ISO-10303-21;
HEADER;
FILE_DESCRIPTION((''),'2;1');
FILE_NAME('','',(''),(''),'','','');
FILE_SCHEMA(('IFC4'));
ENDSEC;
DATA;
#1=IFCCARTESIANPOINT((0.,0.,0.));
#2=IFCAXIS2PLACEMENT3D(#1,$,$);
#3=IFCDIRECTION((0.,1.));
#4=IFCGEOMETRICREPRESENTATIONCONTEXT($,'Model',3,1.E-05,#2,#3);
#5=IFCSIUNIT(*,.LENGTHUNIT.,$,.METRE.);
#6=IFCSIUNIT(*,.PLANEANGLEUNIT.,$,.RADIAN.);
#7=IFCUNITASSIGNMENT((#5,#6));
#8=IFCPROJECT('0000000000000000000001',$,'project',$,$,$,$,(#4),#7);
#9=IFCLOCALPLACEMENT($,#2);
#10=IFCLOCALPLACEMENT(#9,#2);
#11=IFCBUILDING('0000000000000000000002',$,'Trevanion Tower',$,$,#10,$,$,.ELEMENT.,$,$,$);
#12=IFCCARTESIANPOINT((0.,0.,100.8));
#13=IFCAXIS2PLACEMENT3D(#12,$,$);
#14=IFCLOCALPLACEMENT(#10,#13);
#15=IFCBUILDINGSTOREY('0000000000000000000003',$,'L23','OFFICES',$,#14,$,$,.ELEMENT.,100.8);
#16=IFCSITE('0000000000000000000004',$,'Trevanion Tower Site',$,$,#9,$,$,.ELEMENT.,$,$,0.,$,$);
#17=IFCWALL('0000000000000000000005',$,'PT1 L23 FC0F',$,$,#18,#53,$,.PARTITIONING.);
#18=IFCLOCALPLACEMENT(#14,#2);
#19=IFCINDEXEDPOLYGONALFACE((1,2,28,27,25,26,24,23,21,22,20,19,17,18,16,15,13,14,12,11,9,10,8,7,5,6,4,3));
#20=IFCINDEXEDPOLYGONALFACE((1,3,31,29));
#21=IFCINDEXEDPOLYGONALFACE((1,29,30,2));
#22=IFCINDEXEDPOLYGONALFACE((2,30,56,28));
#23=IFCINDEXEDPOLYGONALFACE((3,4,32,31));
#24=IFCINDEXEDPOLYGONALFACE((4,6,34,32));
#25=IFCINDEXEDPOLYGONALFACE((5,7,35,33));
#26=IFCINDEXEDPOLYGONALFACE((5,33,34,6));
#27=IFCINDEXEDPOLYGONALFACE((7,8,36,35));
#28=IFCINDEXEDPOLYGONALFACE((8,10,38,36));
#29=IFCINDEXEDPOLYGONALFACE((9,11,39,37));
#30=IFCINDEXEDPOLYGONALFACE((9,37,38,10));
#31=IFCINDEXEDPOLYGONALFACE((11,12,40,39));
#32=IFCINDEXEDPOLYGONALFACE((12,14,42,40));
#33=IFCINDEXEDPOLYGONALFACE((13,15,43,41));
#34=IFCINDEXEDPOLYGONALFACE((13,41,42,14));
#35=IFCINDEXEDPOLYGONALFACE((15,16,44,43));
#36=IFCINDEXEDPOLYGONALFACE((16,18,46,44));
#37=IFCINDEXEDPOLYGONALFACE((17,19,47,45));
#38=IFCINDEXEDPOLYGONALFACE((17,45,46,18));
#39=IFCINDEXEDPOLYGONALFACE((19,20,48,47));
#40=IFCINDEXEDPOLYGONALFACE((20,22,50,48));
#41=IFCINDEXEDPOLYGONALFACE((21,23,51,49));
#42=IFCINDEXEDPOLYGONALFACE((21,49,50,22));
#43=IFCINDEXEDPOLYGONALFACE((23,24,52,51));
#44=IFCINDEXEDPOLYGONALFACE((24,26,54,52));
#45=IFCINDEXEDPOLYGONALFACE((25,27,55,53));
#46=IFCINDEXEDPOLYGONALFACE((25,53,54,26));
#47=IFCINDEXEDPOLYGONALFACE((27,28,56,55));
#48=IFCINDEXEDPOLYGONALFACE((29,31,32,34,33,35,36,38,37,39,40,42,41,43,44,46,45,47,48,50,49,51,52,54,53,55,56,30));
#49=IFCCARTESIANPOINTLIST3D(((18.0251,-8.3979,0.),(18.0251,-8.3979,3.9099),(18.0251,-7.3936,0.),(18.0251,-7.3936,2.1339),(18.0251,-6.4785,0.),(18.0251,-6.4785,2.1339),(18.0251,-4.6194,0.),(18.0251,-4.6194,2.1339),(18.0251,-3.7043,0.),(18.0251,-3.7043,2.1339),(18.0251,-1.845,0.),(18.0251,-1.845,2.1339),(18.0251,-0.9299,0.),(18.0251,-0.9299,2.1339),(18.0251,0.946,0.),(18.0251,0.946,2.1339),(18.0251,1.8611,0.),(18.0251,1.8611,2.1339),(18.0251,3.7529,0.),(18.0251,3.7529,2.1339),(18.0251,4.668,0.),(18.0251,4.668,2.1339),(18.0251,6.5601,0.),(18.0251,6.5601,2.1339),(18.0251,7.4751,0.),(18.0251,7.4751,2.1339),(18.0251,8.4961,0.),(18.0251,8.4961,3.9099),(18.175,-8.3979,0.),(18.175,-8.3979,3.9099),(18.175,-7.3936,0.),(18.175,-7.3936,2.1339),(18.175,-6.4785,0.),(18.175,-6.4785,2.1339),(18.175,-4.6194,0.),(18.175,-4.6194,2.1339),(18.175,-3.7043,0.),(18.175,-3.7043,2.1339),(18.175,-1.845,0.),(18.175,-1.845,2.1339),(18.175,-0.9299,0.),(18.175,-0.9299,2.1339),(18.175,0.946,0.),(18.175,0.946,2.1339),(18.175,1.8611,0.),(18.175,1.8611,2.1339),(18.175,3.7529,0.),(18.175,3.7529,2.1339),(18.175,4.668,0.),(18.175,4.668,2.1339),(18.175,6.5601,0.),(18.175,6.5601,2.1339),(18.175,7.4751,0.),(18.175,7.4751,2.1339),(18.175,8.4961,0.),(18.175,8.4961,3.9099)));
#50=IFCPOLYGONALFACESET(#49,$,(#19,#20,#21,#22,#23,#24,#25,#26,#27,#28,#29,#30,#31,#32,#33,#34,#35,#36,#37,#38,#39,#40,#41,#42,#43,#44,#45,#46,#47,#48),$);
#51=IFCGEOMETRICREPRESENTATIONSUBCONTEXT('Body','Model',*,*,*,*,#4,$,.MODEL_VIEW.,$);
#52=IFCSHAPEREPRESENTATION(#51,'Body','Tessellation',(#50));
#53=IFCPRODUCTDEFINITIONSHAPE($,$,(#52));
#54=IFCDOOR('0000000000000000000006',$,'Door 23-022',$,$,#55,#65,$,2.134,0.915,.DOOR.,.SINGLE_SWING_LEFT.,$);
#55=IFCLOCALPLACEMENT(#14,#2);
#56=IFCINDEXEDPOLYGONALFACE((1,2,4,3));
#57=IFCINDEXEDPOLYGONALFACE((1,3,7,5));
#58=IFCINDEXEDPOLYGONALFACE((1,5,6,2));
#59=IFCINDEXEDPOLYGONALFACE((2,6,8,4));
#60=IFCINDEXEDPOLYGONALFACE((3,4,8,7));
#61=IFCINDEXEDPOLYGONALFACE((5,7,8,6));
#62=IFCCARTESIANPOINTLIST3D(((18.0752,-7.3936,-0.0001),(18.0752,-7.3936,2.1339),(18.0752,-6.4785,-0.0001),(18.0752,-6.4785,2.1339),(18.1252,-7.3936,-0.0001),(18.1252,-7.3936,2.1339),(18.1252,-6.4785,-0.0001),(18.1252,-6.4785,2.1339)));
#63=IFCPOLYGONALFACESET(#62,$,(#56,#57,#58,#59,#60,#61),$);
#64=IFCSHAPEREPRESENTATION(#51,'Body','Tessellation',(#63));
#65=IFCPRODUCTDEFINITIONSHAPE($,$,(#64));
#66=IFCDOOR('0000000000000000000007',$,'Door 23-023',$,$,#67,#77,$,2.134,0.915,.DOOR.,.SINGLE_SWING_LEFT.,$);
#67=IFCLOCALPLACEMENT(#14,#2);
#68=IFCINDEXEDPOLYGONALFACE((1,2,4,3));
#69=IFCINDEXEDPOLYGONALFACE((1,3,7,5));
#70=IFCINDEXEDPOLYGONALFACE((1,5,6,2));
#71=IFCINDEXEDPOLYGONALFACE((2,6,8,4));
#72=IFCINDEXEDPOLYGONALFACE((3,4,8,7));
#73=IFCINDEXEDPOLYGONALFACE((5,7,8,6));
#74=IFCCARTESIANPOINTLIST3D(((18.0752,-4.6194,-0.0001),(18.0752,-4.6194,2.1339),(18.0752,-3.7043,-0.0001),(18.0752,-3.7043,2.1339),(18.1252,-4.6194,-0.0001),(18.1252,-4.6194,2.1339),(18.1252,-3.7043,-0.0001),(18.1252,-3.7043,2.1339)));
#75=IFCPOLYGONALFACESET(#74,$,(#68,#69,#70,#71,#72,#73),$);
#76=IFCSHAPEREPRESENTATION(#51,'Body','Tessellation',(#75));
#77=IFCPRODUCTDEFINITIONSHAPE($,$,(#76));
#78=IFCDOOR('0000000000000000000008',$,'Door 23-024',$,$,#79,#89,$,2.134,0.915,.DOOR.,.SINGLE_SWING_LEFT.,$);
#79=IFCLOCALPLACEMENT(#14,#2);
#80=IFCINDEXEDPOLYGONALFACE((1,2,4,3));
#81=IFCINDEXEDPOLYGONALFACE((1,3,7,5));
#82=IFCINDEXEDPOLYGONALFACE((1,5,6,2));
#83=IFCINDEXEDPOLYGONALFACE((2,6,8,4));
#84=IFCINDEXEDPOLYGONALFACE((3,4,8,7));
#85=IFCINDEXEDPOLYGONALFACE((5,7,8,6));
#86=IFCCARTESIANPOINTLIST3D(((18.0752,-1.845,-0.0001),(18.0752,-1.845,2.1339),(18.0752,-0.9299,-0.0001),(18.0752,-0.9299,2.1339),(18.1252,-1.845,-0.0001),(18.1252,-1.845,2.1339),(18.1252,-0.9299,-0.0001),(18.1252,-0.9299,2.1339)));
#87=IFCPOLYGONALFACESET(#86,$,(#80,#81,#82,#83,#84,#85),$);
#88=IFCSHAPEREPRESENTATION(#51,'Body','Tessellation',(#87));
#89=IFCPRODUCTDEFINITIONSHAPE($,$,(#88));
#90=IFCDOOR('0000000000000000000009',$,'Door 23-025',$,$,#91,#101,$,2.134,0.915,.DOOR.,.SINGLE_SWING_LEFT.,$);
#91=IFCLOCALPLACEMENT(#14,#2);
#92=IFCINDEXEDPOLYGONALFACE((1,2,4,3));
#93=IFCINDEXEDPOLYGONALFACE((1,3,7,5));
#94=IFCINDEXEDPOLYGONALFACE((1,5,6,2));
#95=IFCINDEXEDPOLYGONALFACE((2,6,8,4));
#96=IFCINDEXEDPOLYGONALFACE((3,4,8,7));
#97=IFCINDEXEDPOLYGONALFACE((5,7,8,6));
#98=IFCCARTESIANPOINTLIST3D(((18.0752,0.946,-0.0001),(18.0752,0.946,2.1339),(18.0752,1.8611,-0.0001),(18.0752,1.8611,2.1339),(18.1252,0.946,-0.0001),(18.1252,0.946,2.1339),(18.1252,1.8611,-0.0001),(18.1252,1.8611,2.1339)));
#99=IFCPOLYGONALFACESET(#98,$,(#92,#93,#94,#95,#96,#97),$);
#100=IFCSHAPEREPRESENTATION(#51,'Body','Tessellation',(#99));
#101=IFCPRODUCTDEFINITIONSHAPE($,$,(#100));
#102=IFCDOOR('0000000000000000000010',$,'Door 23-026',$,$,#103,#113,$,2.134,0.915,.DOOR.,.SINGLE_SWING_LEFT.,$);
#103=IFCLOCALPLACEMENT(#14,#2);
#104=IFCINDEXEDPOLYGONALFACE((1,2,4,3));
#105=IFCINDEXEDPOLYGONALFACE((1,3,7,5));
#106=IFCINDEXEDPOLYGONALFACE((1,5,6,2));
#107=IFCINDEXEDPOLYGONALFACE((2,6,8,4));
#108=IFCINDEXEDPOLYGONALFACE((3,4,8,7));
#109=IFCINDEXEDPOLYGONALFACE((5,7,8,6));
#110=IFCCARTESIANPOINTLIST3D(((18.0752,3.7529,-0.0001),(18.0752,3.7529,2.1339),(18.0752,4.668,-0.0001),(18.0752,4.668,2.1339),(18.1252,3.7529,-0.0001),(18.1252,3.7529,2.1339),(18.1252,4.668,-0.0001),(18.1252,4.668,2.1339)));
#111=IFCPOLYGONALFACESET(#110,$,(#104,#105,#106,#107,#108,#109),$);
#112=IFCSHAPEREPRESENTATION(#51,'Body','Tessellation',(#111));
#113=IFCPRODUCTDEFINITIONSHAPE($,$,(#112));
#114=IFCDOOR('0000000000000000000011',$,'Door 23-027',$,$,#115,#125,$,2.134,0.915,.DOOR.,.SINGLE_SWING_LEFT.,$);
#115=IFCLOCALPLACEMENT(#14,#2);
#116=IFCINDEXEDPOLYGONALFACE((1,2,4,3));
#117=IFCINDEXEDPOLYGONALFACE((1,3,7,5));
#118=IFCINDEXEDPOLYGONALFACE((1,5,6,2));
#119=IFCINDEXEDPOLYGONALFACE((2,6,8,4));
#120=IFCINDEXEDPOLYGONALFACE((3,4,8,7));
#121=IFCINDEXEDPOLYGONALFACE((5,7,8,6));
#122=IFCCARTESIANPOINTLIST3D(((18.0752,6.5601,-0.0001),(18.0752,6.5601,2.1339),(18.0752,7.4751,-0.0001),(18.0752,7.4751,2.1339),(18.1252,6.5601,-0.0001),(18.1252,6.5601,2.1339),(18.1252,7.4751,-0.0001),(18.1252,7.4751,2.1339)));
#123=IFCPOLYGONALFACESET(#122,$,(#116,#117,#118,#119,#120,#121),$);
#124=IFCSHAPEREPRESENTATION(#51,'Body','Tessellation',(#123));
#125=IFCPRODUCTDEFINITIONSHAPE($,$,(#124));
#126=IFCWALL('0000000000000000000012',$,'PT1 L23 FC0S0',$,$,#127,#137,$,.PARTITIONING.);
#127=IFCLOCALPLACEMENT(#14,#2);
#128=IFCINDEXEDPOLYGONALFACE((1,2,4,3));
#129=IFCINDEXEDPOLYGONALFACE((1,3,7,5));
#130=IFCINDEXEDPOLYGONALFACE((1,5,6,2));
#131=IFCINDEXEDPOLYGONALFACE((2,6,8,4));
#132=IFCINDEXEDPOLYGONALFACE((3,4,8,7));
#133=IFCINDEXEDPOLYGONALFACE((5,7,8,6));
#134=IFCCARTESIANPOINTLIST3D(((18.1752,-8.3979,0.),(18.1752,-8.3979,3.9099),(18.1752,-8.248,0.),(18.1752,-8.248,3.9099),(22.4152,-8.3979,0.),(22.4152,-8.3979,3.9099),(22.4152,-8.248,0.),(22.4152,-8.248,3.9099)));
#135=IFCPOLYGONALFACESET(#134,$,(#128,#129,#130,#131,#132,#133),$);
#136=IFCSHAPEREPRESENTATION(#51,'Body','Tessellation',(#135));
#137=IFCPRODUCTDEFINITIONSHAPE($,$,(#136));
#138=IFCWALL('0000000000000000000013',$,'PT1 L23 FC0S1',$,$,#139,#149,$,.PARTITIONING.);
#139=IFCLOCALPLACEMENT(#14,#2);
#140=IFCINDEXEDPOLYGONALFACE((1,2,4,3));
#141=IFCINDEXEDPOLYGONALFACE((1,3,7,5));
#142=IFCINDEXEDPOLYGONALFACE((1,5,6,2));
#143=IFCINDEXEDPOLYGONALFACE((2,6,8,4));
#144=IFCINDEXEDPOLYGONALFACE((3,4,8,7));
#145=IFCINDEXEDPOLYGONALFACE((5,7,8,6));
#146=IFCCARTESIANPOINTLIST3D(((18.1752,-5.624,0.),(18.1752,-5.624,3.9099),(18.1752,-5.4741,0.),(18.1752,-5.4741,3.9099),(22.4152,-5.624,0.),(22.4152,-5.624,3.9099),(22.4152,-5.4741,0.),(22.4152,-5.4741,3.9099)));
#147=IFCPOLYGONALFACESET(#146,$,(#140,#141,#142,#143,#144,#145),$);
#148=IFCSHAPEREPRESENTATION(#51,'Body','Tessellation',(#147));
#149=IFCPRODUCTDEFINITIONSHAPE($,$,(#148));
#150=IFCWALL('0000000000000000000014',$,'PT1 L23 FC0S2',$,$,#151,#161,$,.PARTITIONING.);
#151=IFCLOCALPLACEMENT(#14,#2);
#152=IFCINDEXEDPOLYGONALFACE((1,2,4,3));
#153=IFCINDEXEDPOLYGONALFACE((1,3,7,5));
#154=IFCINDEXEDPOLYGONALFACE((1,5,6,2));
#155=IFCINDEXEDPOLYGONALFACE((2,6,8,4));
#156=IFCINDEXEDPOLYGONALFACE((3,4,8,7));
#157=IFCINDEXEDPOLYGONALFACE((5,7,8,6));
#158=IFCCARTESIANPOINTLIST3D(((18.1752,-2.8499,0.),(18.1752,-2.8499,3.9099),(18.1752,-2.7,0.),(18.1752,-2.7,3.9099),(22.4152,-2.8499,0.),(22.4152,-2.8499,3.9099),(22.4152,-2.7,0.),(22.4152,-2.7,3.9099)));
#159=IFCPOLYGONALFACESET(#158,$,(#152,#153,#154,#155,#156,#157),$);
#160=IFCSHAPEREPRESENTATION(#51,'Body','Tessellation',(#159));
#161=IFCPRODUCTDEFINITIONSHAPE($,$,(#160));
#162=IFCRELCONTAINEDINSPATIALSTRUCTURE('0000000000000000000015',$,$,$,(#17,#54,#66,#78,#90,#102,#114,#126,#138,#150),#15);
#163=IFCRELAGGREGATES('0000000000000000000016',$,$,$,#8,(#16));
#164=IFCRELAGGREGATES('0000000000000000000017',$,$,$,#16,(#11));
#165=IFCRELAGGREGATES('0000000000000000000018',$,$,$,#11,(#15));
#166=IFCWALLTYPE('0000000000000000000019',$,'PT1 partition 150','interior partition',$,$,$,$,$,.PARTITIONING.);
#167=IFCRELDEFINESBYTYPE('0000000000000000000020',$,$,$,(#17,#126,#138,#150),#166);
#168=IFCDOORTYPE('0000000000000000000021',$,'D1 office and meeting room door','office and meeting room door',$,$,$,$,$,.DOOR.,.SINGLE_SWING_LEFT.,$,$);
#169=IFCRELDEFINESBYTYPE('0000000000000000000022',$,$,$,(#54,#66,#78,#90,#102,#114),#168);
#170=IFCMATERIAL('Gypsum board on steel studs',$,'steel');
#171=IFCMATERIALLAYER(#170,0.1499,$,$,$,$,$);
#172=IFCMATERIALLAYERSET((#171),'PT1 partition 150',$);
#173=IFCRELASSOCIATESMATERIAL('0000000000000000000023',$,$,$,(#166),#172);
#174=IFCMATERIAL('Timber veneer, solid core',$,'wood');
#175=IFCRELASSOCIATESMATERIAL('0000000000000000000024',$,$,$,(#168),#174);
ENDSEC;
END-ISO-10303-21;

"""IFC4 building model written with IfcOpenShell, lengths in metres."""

from ifc_helpers import new_model, si_unit, direction, frame, frame_2d, origin, place, context, subcontext, project, spatial, rectangle, extrude, material, layer, layer_set, type_object, element, fill, save


model = new_model("IFC4")

# Units and contexts
model_context = context("Model", 3, precision=1e-05, world=origin(), true_north=direction((0.0, 1.0)))
body_context = subcontext(model_context, "Body", "Model", "MODEL_VIEW")
ifc_project = project(units=[si_unit("LENGTHUNIT", "METRE"), si_unit("PLANEANGLEUNIT", "RADIAN")], contexts=[model_context])

# Site, building, storey
site_placement = place(None, origin())
site = spatial("IfcSite", under=ifc_project, at=site_placement, Name="Trevanion Tower Site", CompositionType="ELEMENT", RefElevation=0.0)
building_placement = place(site_placement, origin())
building = spatial("IfcBuilding", under=site, at=building_placement, Name="Trevanion Tower", CompositionType="ELEMENT")
storey_placement = place(building_placement, frame((0.0, 0.0, 100.8)))
storey = spatial("IfcBuildingStorey", under=building, at=storey_placement, Name="L23", Description="OFFICES", CompositionType="ELEMENT", Elevation=100.8)

# Wall, openings, doors
ifc_material_1 = material(Name="Gypsum board on steel studs", Category="steel")
ifc_layer_1 = layer(ifc_material_1, 0.1499)
ifc_layer_set_1 = layer_set([ifc_layer_1], Name="PT1 partition 150")
wall_type = type_object("IfcWallType", Name="PT1 partition 150", Description="interior partition", PredefinedType="PARTITIONING", material=ifc_layer_set_1)
wall_1_placement = place(storey_placement, frame((18.1001, -8.3979, 0.0), z_axis=(0.0, 0.0, 1.0), x_axis=(0.0, 1.0, 0.0)))
wall_1 = element("IfcWall", 1, at=wall_1_placement, inside=storey, type_object=wall_type, Name="PT1 L23 FC0F", PredefinedType="PARTITIONING", context=body_context, shape_type="SweptSolid", body=[
    extrude(rectangle(XDim=16.894, YDim=0.1499, at=frame_2d((8.447, 0.0))), origin(), (0.0, 0.0, 1.0), 3.9099),
])
opening_1_placement = place(wall_1_placement, frame((1.0044, 0.0, 0.0)))
opening_1 = element("IfcOpeningElement", 2, at=opening_1_placement, cuts=wall_1, PredefinedType="OPENING", context=body_context, shape_type="SweptSolid", body=[
    extrude(rectangle(XDim=0.915, YDim=2.134, at=frame_2d((0.4575, 1.0669))), frame((0.0, 0.085, 0.0), z_axis=(0.0, -1.0, 0.0), x_axis=(1.0, 0.0, 0.0)), (0.0, 0.0, 1.0), 0.1699),
])
opening_2_placement = place(wall_1_placement, frame((3.7786, 0.0, 0.0)))
opening_2 = element("IfcOpeningElement", 3, at=opening_2_placement, cuts=wall_1, PredefinedType="OPENING", context=body_context, shape_type="SweptSolid", body=[
    extrude(rectangle(XDim=0.915, YDim=2.134, at=frame_2d((0.4575, 1.0669))), frame((0.0, 0.085, 0.0), z_axis=(0.0, -1.0, 0.0), x_axis=(1.0, 0.0, 0.0)), (0.0, 0.0, 1.0), 0.1699),
])
opening_3_placement = place(wall_1_placement, frame((6.553, 0.0, 0.0)))
opening_3 = element("IfcOpeningElement", 4, at=opening_3_placement, cuts=wall_1, PredefinedType="OPENING", context=body_context, shape_type="SweptSolid", body=[
    extrude(rectangle(XDim=0.915, YDim=2.134, at=frame_2d((0.4575, 1.0669))), frame((0.0, 0.085, 0.0), z_axis=(0.0, -1.0, 0.0), x_axis=(1.0, 0.0, 0.0)), (0.0, 0.0, 1.0), 0.1699),
])
opening_4_placement = place(wall_1_placement, frame((9.344, 0.0, 0.0)))
opening_4 = element("IfcOpeningElement", 5, at=opening_4_placement, cuts=wall_1, PredefinedType="OPENING", context=body_context, shape_type="SweptSolid", body=[
    extrude(rectangle(XDim=0.915, YDim=2.134, at=frame_2d((0.4575, 1.0669))), frame((0.0, 0.085, 0.0), z_axis=(0.0, -1.0, 0.0), x_axis=(1.0, 0.0, 0.0)), (0.0, 0.0, 1.0), 0.1699),
])
opening_5_placement = place(wall_1_placement, frame((12.1509, 0.0, 0.0)))
opening_5 = element("IfcOpeningElement", 6, at=opening_5_placement, cuts=wall_1, PredefinedType="OPENING", context=body_context, shape_type="SweptSolid", body=[
    extrude(rectangle(XDim=0.915, YDim=2.134, at=frame_2d((0.4575, 1.0669))), frame((0.0, 0.085, 0.0), z_axis=(0.0, -1.0, 0.0), x_axis=(1.0, 0.0, 0.0)), (0.0, 0.0, 1.0), 0.1699),
])
opening_6_placement = place(wall_1_placement, frame((14.958, 0.0, 0.0)))
opening_6 = element("IfcOpeningElement", 7, at=opening_6_placement, cuts=wall_1, PredefinedType="OPENING", context=body_context, shape_type="SweptSolid", body=[
    extrude(rectangle(XDim=0.915, YDim=2.134, at=frame_2d((0.4575, 1.0669))), frame((0.0, 0.085, 0.0), z_axis=(0.0, -1.0, 0.0), x_axis=(1.0, 0.0, 0.0)), (0.0, 0.0, 1.0), 0.1699),
])
ifc_material_2 = material(Name="Timber veneer, solid core", Category="wood")
door_type = type_object("IfcDoorType", Name="D1 office and meeting room door", Description="office and meeting room door", OperationType="SINGLE_SWING_LEFT", PredefinedType="DOOR", material=ifc_material_2)
door_1_placement = place(opening_1_placement, origin())
door_1 = element("IfcDoor", 8, at=door_1_placement, inside=storey, type_object=door_type, Name="Door 23-022", OperationType="SINGLE_SWING_LEFT", OverallHeight=2.134, OverallWidth=0.915, PredefinedType="DOOR", context=body_context, shape_type="SweptSolid", body=[
    extrude(rectangle(XDim=0.915, YDim=2.134, at=frame_2d((0.4575, 1.0669))), frame((0.0, 0.0249, 0.0), z_axis=(0.0, -1.0, 0.0), x_axis=(1.0, 0.0, 0.0)), (0.0, 0.0, 1.0), 0.05),
])
fill(opening_1, door_1)
door_2_placement = place(opening_2_placement, origin())
door_2 = element("IfcDoor", 9, at=door_2_placement, inside=storey, type_object=door_type, Name="Door 23-023", OperationType="SINGLE_SWING_LEFT", OverallHeight=2.134, OverallWidth=0.915, PredefinedType="DOOR", context=body_context, shape_type="SweptSolid", body=[
    extrude(rectangle(XDim=0.915, YDim=2.134, at=frame_2d((0.4575, 1.0669))), frame((0.0, 0.0249, 0.0), z_axis=(0.0, -1.0, 0.0), x_axis=(1.0, 0.0, 0.0)), (0.0, 0.0, 1.0), 0.05),
])
fill(opening_2, door_2)
door_3_placement = place(opening_3_placement, origin())
door_3 = element("IfcDoor", 10, at=door_3_placement, inside=storey, type_object=door_type, Name="Door 23-024", OperationType="SINGLE_SWING_LEFT", OverallHeight=2.134, OverallWidth=0.915, PredefinedType="DOOR", context=body_context, shape_type="SweptSolid", body=[
    extrude(rectangle(XDim=0.915, YDim=2.134, at=frame_2d((0.4575, 1.0669))), frame((0.0, 0.0249, 0.0), z_axis=(0.0, -1.0, 0.0), x_axis=(1.0, 0.0, 0.0)), (0.0, 0.0, 1.0), 0.05),
])
fill(opening_3, door_3)
door_4_placement = place(opening_4_placement, origin())
door_4 = element("IfcDoor", 11, at=door_4_placement, inside=storey, type_object=door_type, Name="Door 23-025", OperationType="SINGLE_SWING_LEFT", OverallHeight=2.134, OverallWidth=0.915, PredefinedType="DOOR", context=body_context, shape_type="SweptSolid", body=[
    extrude(rectangle(XDim=0.915, YDim=2.134, at=frame_2d((0.4575, 1.0669))), frame((0.0, 0.0249, 0.0), z_axis=(0.0, -1.0, 0.0), x_axis=(1.0, 0.0, 0.0)), (0.0, 0.0, 1.0), 0.05),
])
fill(opening_4, door_4)
door_5_placement = place(opening_5_placement, origin())
door_5 = element("IfcDoor", 12, at=door_5_placement, inside=storey, type_object=door_type, Name="Door 23-026", OperationType="SINGLE_SWING_LEFT", OverallHeight=2.134, OverallWidth=0.915, PredefinedType="DOOR", context=body_context, shape_type="SweptSolid", body=[
    extrude(rectangle(XDim=0.915, YDim=2.134, at=frame_2d((0.4575, 1.0669))), frame((0.0, 0.0249, 0.0), z_axis=(0.0, -1.0, 0.0), x_axis=(1.0, 0.0, 0.0)), (0.0, 0.0, 1.0), 0.05),
])
fill(opening_5, door_5)
door_6_placement = place(opening_6_placement, origin())
door_6 = element("IfcDoor", 13, at=door_6_placement, inside=storey, type_object=door_type, Name="Door 23-027", OperationType="SINGLE_SWING_LEFT", OverallHeight=2.134, OverallWidth=0.915, PredefinedType="DOOR", context=body_context, shape_type="SweptSolid", body=[
    extrude(rectangle(XDim=0.915, YDim=2.134, at=frame_2d((0.4575, 1.0669))), frame((0.0, 0.0249, 0.0), z_axis=(0.0, -1.0, 0.0), x_axis=(1.0, 0.0, 0.0)), (0.0, 0.0, 1.0), 0.05),
])
fill(opening_6, door_6)

# Walls
for number, where, z_axis, x_axis, name in (
    (14, (18.175, -8.323, 0.0), (0.0, 0.0, 1.0), (1.0, 0.0, 0.0), "PT1 L23 FC0S0"),
    (15, (18.175, -5.5491, 0.0), (0.0, 0.0, 1.0), (1.0, 0.0, 0.0), "PT1 L23 FC0S1"),
    (16, (18.175, -2.7749, 0.0), (0.0, 0.0, 1.0), (1.0, 0.0, 0.0), "PT1 L23 FC0S2"),
):
    element("IfcWall", number, at=place(storey_placement, frame(where, z_axis=z_axis, x_axis=x_axis)), inside=storey, type_object=wall_type, Name=name, PredefinedType="PARTITIONING", context=body_context, shape_type="SweptSolid", body=[
        extrude(rectangle(XDim=4.24, YDim=0.1499, at=frame_2d((2.1201, 0.0))), origin(), (0.0, 0.0, 1.0), 3.9099),
    ])

save(model, "model.ifc")
